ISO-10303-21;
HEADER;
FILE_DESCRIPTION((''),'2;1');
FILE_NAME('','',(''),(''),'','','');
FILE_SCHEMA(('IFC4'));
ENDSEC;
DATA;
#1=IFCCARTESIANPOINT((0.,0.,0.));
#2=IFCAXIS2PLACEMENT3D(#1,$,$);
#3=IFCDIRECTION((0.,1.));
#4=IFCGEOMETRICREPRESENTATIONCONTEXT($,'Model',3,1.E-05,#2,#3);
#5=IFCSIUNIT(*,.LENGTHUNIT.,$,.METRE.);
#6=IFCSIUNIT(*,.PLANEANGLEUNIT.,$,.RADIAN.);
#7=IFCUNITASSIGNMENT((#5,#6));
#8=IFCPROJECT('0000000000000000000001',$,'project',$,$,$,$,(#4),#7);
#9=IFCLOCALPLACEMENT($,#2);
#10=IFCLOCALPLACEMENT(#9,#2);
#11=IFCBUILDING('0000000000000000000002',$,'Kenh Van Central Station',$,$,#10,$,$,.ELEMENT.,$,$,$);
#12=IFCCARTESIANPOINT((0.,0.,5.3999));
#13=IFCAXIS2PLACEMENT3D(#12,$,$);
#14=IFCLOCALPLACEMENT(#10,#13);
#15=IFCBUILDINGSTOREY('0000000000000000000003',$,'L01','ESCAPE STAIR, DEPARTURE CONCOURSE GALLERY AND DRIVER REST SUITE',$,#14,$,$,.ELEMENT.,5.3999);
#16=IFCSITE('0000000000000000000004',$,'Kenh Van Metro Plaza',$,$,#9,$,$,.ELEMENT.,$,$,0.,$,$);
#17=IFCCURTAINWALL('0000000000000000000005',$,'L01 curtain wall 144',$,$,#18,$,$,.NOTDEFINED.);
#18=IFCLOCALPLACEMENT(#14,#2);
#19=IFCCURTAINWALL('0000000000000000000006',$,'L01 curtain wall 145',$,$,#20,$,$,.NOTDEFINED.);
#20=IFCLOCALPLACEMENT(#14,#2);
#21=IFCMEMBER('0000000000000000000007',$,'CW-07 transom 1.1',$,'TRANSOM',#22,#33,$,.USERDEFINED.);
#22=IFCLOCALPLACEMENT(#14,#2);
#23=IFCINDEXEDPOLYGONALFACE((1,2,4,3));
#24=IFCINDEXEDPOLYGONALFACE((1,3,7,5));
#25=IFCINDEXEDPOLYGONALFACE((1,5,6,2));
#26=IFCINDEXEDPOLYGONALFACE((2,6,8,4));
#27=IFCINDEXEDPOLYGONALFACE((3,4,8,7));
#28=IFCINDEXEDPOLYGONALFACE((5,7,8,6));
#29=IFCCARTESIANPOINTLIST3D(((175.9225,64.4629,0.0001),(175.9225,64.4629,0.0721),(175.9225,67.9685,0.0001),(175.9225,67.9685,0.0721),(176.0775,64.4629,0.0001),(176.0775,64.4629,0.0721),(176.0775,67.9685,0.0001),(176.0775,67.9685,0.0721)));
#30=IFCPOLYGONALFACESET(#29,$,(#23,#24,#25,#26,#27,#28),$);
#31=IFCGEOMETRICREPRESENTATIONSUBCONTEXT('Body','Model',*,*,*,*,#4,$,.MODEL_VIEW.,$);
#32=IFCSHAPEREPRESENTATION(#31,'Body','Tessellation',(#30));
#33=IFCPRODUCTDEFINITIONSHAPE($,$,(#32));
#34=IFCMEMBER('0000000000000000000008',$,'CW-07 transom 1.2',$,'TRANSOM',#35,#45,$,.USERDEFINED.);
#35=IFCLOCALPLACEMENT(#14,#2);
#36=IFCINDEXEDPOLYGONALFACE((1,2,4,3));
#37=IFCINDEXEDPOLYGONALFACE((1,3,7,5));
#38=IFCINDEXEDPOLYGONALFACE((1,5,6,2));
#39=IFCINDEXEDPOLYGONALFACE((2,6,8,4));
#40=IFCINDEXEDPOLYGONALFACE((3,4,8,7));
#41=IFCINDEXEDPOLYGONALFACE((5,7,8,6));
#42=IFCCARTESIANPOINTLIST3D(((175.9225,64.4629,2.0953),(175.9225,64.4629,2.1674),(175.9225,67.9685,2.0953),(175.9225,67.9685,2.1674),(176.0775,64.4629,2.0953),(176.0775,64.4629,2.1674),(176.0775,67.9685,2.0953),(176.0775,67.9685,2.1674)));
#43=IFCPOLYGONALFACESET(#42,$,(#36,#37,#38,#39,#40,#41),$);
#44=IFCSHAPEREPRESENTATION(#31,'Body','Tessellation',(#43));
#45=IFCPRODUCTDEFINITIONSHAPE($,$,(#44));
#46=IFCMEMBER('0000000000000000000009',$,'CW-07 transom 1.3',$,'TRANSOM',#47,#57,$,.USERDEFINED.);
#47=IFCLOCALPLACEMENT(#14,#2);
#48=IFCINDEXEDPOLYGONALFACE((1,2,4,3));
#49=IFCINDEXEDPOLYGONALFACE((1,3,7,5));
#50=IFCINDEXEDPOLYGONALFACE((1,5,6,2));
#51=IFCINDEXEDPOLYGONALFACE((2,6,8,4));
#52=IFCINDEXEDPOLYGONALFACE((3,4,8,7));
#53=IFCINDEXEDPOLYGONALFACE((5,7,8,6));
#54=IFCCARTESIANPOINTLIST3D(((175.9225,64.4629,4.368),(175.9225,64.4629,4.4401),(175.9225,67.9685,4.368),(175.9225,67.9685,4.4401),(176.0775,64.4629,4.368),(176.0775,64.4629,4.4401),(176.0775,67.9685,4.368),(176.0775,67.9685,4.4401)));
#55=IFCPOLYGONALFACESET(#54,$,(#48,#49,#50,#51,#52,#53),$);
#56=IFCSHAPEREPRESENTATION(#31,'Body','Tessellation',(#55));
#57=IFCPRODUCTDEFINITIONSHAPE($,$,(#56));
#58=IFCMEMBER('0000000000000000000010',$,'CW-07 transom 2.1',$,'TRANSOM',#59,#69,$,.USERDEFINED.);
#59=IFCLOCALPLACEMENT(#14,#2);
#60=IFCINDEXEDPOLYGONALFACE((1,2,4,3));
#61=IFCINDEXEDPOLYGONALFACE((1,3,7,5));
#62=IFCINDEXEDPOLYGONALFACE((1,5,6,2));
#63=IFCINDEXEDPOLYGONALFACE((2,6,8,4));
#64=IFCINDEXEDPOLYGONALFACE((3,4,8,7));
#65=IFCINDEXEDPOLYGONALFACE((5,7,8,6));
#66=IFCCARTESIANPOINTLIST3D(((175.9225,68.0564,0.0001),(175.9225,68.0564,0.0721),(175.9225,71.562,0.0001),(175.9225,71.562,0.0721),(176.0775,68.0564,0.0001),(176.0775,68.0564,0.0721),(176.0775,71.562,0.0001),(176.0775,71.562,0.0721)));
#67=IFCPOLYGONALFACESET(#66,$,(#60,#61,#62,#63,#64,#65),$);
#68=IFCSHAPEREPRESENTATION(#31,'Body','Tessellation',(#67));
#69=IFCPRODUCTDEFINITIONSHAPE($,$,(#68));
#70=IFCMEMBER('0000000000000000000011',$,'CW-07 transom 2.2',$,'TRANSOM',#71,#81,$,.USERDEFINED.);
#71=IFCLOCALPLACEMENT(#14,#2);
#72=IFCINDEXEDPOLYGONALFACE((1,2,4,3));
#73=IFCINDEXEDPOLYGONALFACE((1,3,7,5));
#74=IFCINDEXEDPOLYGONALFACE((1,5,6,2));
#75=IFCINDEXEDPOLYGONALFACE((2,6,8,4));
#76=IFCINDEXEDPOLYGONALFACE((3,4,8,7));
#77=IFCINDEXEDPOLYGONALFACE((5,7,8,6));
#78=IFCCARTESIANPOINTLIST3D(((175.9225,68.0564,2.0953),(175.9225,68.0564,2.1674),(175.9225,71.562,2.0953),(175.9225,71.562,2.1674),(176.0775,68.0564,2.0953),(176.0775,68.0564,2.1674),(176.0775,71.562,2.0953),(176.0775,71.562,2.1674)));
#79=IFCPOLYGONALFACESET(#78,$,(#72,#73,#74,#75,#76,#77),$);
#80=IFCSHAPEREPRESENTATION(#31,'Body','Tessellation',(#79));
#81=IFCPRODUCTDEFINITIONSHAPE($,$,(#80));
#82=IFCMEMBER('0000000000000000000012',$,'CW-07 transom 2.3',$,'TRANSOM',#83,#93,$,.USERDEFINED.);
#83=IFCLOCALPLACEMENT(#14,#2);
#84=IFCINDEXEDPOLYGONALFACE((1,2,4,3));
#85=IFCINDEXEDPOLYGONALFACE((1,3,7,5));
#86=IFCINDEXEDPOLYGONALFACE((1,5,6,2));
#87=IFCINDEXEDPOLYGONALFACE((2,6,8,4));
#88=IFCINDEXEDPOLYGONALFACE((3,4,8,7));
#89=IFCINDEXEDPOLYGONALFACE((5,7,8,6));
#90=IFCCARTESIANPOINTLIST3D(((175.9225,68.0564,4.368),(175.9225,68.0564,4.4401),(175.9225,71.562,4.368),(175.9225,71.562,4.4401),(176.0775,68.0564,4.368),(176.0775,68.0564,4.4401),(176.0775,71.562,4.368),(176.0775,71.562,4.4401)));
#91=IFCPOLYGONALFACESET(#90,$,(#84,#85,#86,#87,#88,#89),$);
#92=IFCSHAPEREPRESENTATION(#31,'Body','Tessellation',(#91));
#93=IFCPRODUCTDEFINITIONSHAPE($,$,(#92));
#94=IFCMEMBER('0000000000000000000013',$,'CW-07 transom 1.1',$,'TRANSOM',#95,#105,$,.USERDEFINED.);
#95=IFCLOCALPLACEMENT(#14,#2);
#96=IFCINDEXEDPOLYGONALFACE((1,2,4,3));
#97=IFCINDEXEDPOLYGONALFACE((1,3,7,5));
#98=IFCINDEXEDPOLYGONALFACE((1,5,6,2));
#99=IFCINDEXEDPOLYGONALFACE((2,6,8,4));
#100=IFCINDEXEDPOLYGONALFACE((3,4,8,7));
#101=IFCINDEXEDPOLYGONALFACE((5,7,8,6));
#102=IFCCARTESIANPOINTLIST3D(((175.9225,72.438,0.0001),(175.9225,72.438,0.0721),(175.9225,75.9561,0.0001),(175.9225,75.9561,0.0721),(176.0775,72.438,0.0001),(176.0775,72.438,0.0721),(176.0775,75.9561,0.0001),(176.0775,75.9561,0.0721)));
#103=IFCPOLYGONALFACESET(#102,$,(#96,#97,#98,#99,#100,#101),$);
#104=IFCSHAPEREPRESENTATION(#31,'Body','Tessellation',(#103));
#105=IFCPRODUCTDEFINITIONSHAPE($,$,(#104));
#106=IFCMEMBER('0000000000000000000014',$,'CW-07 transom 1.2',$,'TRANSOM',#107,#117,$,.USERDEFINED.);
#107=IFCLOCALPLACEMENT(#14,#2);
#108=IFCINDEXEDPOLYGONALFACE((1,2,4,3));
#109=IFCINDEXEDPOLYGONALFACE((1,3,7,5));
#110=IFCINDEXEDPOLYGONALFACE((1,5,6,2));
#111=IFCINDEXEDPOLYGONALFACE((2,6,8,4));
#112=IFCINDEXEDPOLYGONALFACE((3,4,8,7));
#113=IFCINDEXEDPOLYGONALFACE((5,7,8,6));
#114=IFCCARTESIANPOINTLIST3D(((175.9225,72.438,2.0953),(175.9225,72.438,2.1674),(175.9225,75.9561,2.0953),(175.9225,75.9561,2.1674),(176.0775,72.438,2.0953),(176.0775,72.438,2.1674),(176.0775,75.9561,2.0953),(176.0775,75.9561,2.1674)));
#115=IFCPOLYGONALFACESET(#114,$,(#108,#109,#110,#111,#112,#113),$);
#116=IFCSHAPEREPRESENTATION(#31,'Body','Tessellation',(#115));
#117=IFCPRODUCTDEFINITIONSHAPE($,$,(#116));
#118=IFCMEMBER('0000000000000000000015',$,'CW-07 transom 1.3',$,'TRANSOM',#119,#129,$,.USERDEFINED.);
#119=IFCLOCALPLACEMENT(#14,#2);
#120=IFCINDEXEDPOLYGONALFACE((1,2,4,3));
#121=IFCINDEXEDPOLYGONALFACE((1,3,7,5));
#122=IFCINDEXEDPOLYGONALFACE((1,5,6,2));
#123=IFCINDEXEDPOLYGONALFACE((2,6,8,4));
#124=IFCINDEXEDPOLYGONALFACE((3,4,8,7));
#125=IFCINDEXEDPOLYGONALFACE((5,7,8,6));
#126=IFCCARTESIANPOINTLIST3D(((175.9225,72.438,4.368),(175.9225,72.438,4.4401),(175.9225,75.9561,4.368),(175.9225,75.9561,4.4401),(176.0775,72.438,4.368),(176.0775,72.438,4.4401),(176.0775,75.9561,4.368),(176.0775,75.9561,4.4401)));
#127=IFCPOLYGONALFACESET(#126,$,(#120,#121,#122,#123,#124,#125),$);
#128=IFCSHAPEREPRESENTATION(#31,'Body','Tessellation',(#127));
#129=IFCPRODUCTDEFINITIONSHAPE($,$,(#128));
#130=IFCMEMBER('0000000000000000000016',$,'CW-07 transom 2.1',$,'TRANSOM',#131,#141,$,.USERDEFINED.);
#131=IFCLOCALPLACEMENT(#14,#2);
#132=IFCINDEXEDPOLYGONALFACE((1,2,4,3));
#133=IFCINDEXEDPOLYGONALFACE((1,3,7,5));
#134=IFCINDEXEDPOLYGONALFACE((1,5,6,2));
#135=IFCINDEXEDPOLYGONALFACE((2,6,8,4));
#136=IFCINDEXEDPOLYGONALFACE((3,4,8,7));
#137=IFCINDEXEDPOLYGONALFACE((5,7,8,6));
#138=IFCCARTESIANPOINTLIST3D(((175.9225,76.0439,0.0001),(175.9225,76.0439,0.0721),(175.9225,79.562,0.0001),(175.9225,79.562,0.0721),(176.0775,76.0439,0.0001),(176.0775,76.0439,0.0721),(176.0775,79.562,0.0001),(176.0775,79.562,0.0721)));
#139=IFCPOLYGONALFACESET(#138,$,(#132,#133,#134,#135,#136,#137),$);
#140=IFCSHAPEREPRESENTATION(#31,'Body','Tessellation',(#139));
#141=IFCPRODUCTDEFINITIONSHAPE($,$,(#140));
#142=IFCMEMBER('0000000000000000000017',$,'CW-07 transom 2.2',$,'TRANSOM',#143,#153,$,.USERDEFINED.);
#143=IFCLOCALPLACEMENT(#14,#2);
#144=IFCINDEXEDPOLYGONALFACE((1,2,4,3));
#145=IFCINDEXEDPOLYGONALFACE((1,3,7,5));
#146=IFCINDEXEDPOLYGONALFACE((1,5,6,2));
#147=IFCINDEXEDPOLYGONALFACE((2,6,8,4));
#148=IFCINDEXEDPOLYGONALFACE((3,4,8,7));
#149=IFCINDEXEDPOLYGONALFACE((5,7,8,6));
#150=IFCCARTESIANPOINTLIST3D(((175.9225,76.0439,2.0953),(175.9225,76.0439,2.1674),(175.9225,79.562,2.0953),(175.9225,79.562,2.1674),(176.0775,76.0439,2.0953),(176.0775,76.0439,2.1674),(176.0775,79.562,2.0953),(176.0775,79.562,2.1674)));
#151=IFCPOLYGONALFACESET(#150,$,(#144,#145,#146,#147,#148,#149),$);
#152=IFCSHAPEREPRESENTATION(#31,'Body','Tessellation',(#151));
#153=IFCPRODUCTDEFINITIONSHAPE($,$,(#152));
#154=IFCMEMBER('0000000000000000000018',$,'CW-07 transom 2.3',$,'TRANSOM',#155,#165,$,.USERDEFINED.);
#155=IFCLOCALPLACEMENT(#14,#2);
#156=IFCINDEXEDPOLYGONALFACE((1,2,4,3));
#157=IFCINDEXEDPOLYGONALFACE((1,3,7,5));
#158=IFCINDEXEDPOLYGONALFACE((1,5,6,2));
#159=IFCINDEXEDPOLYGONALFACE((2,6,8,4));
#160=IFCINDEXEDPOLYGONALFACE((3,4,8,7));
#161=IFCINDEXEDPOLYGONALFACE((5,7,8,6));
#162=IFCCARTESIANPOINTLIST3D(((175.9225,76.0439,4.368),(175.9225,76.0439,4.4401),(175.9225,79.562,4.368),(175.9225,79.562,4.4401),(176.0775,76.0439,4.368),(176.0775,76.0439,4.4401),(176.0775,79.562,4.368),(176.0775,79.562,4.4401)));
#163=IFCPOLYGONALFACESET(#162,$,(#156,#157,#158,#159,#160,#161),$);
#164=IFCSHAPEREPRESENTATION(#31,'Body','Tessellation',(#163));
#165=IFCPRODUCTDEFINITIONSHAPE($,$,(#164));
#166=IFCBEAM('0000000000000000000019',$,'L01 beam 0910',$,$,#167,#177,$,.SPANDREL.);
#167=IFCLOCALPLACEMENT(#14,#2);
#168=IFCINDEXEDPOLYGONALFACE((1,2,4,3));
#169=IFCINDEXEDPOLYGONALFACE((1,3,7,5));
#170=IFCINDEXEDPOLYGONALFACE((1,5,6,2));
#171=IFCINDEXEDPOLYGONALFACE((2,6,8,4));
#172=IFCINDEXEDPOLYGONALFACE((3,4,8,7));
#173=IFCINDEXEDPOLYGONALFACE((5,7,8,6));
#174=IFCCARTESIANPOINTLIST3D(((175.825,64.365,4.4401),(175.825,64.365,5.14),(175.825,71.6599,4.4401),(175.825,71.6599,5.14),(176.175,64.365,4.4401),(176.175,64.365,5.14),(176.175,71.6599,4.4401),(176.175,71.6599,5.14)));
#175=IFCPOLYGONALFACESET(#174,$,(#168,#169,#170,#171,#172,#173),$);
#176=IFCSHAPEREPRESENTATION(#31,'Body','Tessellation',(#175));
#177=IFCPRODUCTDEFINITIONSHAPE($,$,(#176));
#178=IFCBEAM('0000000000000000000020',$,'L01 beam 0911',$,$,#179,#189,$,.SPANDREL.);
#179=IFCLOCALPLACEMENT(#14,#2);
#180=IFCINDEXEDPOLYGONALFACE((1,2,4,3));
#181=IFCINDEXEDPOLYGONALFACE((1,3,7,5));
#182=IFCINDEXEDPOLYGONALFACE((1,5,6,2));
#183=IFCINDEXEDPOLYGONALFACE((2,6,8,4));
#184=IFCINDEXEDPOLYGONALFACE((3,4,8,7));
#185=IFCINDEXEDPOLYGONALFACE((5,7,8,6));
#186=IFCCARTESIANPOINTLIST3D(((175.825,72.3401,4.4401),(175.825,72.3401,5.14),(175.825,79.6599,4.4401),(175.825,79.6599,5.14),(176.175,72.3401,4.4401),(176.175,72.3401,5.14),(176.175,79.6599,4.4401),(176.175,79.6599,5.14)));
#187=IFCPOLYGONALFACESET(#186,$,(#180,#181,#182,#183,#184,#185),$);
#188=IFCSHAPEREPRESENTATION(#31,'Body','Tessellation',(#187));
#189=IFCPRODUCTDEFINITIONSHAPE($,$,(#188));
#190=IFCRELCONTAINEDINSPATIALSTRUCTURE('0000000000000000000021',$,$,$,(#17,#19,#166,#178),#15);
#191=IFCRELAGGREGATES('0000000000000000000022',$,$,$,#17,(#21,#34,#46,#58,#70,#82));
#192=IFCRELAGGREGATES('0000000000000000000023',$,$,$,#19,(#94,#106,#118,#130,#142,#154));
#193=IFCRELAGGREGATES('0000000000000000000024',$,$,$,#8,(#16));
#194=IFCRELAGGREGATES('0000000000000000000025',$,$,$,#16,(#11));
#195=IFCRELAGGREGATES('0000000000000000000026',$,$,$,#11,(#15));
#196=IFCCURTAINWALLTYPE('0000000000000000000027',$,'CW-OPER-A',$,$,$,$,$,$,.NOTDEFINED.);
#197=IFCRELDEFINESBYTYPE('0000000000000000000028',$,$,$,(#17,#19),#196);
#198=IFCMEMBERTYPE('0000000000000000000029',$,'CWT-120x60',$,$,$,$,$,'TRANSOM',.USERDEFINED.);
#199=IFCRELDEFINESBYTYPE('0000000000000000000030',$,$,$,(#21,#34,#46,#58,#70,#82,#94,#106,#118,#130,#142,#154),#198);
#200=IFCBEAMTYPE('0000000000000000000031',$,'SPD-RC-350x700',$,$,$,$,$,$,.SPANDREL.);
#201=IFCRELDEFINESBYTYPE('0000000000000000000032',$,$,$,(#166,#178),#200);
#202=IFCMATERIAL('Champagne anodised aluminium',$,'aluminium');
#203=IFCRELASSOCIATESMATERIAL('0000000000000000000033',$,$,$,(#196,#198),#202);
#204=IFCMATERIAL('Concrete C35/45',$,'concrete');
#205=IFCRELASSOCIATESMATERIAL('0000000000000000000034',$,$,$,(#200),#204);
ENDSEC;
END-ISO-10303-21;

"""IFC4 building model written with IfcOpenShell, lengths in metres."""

from ifc_helpers import new_model, si_unit, direction, frame, origin, origin_2d, place, context, subcontext, project, spatial, rectangle, extrude, material, material_profile, profile_set, type_object, element, aggregate, save


model = new_model("IFC4")

# Units and contexts
model_context = context("Model", 3, precision=1e-05, world=origin(), true_north=direction((0.0, 1.0)))
body_context = subcontext(model_context, "Body", "Model", "MODEL_VIEW")
ifc_project = project(units=[si_unit("LENGTHUNIT", "METRE"), si_unit("PLANEANGLEUNIT", "RADIAN")], contexts=[model_context])

# Site, building, storey
site_placement = place(None, origin())
site = spatial("IfcSite", under=ifc_project, at=site_placement, Name="Kenh Van Metro Plaza", CompositionType="ELEMENT", RefElevation=0.0)
building_placement = place(site_placement, origin())
building = spatial("IfcBuilding", under=site, at=building_placement, Name="Kenh Van Central Station", CompositionType="ELEMENT")
storey_placement = place(building_placement, frame((0.0, 0.0, 5.3999)))
storey = spatial("IfcBuildingStorey", under=building, at=storey_placement, Name="L01", Description="ESCAPE STAIR, DEPARTURE CONCOURSE GALLERY AND DRIVER REST SUITE", CompositionType="ELEMENT", Elevation=5.3999)

# Shared definitions
ifc_material_1 = material(Name="Concrete C35/45", Category="concrete")

# Shared definitions
ifc_material_2 = material(Name="Champagne anodised aluminium", Category="aluminium")
curtain_wall_type = type_object("IfcCurtainWallType", Name="CW-OPER-A", PredefinedType="NOTDEFINED", material=ifc_material_2)

# Curtain walls
curtain_wall_1_placement = place(storey_placement, origin())
curtain_wall_1 = element("IfcCurtainWall", 1, at=curtain_wall_1_placement, inside=storey, type_object=curtain_wall_type, Name="L01 curtain wall 144", PredefinedType="NOTDEFINED")
curtain_wall_2_placement = place(storey_placement, origin())
curtain_wall_2 = element("IfcCurtainWall", 2, at=curtain_wall_2_placement, inside=storey, type_object=curtain_wall_type, Name="L01 curtain wall 145", PredefinedType="NOTDEFINED")

# Members
ifc_material_profile_1 = material_profile(ifc_material_2, rectangle(XDim=0.155, YDim=0.072, at=origin_2d()), Name="AL 155x72")
ifc_profile_set_1 = profile_set([ifc_material_profile_1], Name="Champagne anodised aluminium")
member_type_1 = type_object("IfcMemberType", Name="CWT-120x60", ElementType="TRANSOM", PredefinedType="USERDEFINED", material=ifc_profile_set_1)
member_1_placement = place(storey_placement, frame((176.0, 64.4629, 0.0361), z_axis=(0.0, 1.0, 0.0), x_axis=(-1.0, 0.0, 0.0)))
member_1 = element("IfcMember", 3, at=member_1_placement, type_object=member_type_1, Name="CW-07 transom 1.1", ObjectType="TRANSOM", PredefinedType="USERDEFINED", context=body_context, shape_type="SweptSolid", body=[
    extrude(rectangle(XDim=0.155, YDim=0.072, at=origin_2d()), origin(), (0.0, 0.0, 1.0), 3.5056),
])
member_2_placement = place(storey_placement, frame((176.0, 64.4629, 2.1313), z_axis=(0.0, 1.0, 0.0), x_axis=(-1.0, 0.0, 0.0)))
member_2 = element("IfcMember", 4, at=member_2_placement, type_object=member_type_1, Name="CW-07 transom 1.2", ObjectType="TRANSOM", PredefinedType="USERDEFINED", context=body_context, shape_type="SweptSolid", body=[
    extrude(rectangle(XDim=0.155, YDim=0.072, at=origin_2d()), origin(), (0.0, 0.0, 1.0), 3.5056),
])
member_3_placement = place(storey_placement, frame((176.0, 64.4629, 4.4041), z_axis=(0.0, 1.0, 0.0), x_axis=(-1.0, 0.0, 0.0)))
member_3 = element("IfcMember", 5, at=member_3_placement, type_object=member_type_1, Name="CW-07 transom 1.3", ObjectType="TRANSOM", PredefinedType="USERDEFINED", context=body_context, shape_type="SweptSolid", body=[
    extrude(rectangle(XDim=0.155, YDim=0.072, at=origin_2d()), origin(), (0.0, 0.0, 1.0), 3.5056),
])
member_4_placement = place(storey_placement, frame((176.0, 68.0564, 0.0361), z_axis=(0.0, 1.0, 0.0), x_axis=(-1.0, 0.0, 0.0)))
member_4 = element("IfcMember", 6, at=member_4_placement, type_object=member_type_1, Name="CW-07 transom 2.1", ObjectType="TRANSOM", PredefinedType="USERDEFINED", context=body_context, shape_type="SweptSolid", body=[
    extrude(rectangle(XDim=0.155, YDim=0.072, at=origin_2d()), origin(), (0.0, 0.0, 1.0), 3.5056),
])
member_5_placement = place(storey_placement, frame((176.0, 68.0564, 2.1313), z_axis=(0.0, 1.0, 0.0), x_axis=(-1.0, 0.0, 0.0)))
member_5 = element("IfcMember", 7, at=member_5_placement, type_object=member_type_1, Name="CW-07 transom 2.2", ObjectType="TRANSOM", PredefinedType="USERDEFINED", context=body_context, shape_type="SweptSolid", body=[
    extrude(rectangle(XDim=0.155, YDim=0.072, at=origin_2d()), origin(), (0.0, 0.0, 1.0), 3.5056),
])
member_6_placement = place(storey_placement, frame((176.0, 68.0564, 4.4041), z_axis=(0.0, 1.0, 0.0), x_axis=(-1.0, 0.0, 0.0)))
member_6 = element("IfcMember", 8, at=member_6_placement, type_object=member_type_1, Name="CW-07 transom 2.3", ObjectType="TRANSOM", PredefinedType="USERDEFINED", context=body_context, shape_type="SweptSolid", body=[
    extrude(rectangle(XDim=0.155, YDim=0.072, at=origin_2d()), origin(), (0.0, 0.0, 1.0), 3.5056),
])
member_7_placement = place(storey_placement, frame((176.0, 72.438, 0.0361), z_axis=(0.0, 1.0, 0.0), x_axis=(-1.0, 0.0, 0.0)))
member_7 = element("IfcMember", 9, at=member_7_placement, type_object=member_type_1, Name="CW-07 transom 1.1", ObjectType="TRANSOM", PredefinedType="USERDEFINED", context=body_context, shape_type="SweptSolid", body=[
    extrude(rectangle(XDim=0.155, YDim=0.072, at=origin_2d()), origin(), (0.0, 0.0, 1.0), 3.5181),
])
member_8_placement = place(storey_placement, frame((176.0, 72.438, 2.1313), z_axis=(0.0, 1.0, 0.0), x_axis=(-1.0, 0.0, 0.0)))
member_8 = element("IfcMember", 10, at=member_8_placement, type_object=member_type_1, Name="CW-07 transom 1.2", ObjectType="TRANSOM", PredefinedType="USERDEFINED", context=body_context, shape_type="SweptSolid", body=[
    extrude(rectangle(XDim=0.155, YDim=0.072, at=origin_2d()), origin(), (0.0, 0.0, 1.0), 3.5181),
])
member_9_placement = place(storey_placement, frame((176.0, 72.438, 4.4041), z_axis=(0.0, 1.0, 0.0), x_axis=(-1.0, 0.0, 0.0)))
member_9 = element("IfcMember", 11, at=member_9_placement, type_object=member_type_1, Name="CW-07 transom 1.3", ObjectType="TRANSOM", PredefinedType="USERDEFINED", context=body_context, shape_type="SweptSolid", body=[
    extrude(rectangle(XDim=0.155, YDim=0.072, at=origin_2d()), origin(), (0.0, 0.0, 1.0), 3.5181),
])
member_10_placement = place(storey_placement, frame((176.0, 76.0439, 0.0361), z_axis=(0.0, 1.0, 0.0), x_axis=(-1.0, 0.0, 0.0)))
member_10 = element("IfcMember", 12, at=member_10_placement, type_object=member_type_1, Name="CW-07 transom 2.1", ObjectType="TRANSOM", PredefinedType="USERDEFINED", context=body_context, shape_type="SweptSolid", body=[
    extrude(rectangle(XDim=0.155, YDim=0.072, at=origin_2d()), origin(), (0.0, 0.0, 1.0), 3.5181),
])
member_11_placement = place(storey_placement, frame((176.0, 76.0439, 2.1313), z_axis=(0.0, 1.0, 0.0), x_axis=(-1.0, 0.0, 0.0)))
member_11 = element("IfcMember", 13, at=member_11_placement, type_object=member_type_1, Name="CW-07 transom 2.2", ObjectType="TRANSOM", PredefinedType="USERDEFINED", context=body_context, shape_type="SweptSolid", body=[
    extrude(rectangle(XDim=0.155, YDim=0.072, at=origin_2d()), origin(), (0.0, 0.0, 1.0), 3.5181),
])
member_12_placement = place(storey_placement, frame((176.0, 76.0439, 4.4041), z_axis=(0.0, 1.0, 0.0), x_axis=(-1.0, 0.0, 0.0)))
member_12 = element("IfcMember", 14, at=member_12_placement, type_object=member_type_1, Name="CW-07 transom 2.3", ObjectType="TRANSOM", PredefinedType="USERDEFINED", context=body_context, shape_type="SweptSolid", body=[
    extrude(rectangle(XDim=0.155, YDim=0.072, at=origin_2d()), origin(), (0.0, 0.0, 1.0), 3.5181),
])

# Beams
ifc_material_profile_2 = material_profile(ifc_material_1, rectangle(XDim=0.3501, YDim=0.7, at=origin_2d()), Name="RC 350x700")
ifc_profile_set_2 = profile_set([ifc_material_profile_2], Name="Concrete C35/45")
beam_type_1 = type_object("IfcBeamType", Name="SPD-RC-350x700", PredefinedType="SPANDREL", material=ifc_profile_set_2)
beam_1_placement = place(storey_placement, frame((176.0, 64.365, 4.79), z_axis=(0.0, 1.0, 0.0), x_axis=(-1.0, 0.0, 0.0)))
element("IfcBeam", 15, at=beam_1_placement, inside=storey, type_object=beam_type_1, Name="L01 beam 0910", PredefinedType="SPANDREL", context=body_context, shape_type="SweptSolid", body=[
    extrude(rectangle(XDim=0.3501, YDim=0.7, at=origin_2d()), origin(), (0.0, 0.0, 1.0), 7.2949),
])
beam_2_placement = place(storey_placement, frame((176.0, 72.3401, 4.79), z_axis=(0.0, 1.0, 0.0), x_axis=(-1.0, 0.0, 0.0)))
element("IfcBeam", 16, at=beam_2_placement, inside=storey, type_object=beam_type_1, Name="L01 beam 0911", PredefinedType="SPANDREL", context=body_context, shape_type="SweptSolid", body=[
    extrude(rectangle(XDim=0.3501, YDim=0.7, at=origin_2d()), origin(), (0.0, 0.0, 1.0), 7.3198),
])

aggregate(curtain_wall_1, [member_1, member_2, member_3, member_4, member_5, member_6])
aggregate(curtain_wall_2, [member_7, member_8, member_9, member_10, member_11, member_12])

save(model, "model.ifc")
